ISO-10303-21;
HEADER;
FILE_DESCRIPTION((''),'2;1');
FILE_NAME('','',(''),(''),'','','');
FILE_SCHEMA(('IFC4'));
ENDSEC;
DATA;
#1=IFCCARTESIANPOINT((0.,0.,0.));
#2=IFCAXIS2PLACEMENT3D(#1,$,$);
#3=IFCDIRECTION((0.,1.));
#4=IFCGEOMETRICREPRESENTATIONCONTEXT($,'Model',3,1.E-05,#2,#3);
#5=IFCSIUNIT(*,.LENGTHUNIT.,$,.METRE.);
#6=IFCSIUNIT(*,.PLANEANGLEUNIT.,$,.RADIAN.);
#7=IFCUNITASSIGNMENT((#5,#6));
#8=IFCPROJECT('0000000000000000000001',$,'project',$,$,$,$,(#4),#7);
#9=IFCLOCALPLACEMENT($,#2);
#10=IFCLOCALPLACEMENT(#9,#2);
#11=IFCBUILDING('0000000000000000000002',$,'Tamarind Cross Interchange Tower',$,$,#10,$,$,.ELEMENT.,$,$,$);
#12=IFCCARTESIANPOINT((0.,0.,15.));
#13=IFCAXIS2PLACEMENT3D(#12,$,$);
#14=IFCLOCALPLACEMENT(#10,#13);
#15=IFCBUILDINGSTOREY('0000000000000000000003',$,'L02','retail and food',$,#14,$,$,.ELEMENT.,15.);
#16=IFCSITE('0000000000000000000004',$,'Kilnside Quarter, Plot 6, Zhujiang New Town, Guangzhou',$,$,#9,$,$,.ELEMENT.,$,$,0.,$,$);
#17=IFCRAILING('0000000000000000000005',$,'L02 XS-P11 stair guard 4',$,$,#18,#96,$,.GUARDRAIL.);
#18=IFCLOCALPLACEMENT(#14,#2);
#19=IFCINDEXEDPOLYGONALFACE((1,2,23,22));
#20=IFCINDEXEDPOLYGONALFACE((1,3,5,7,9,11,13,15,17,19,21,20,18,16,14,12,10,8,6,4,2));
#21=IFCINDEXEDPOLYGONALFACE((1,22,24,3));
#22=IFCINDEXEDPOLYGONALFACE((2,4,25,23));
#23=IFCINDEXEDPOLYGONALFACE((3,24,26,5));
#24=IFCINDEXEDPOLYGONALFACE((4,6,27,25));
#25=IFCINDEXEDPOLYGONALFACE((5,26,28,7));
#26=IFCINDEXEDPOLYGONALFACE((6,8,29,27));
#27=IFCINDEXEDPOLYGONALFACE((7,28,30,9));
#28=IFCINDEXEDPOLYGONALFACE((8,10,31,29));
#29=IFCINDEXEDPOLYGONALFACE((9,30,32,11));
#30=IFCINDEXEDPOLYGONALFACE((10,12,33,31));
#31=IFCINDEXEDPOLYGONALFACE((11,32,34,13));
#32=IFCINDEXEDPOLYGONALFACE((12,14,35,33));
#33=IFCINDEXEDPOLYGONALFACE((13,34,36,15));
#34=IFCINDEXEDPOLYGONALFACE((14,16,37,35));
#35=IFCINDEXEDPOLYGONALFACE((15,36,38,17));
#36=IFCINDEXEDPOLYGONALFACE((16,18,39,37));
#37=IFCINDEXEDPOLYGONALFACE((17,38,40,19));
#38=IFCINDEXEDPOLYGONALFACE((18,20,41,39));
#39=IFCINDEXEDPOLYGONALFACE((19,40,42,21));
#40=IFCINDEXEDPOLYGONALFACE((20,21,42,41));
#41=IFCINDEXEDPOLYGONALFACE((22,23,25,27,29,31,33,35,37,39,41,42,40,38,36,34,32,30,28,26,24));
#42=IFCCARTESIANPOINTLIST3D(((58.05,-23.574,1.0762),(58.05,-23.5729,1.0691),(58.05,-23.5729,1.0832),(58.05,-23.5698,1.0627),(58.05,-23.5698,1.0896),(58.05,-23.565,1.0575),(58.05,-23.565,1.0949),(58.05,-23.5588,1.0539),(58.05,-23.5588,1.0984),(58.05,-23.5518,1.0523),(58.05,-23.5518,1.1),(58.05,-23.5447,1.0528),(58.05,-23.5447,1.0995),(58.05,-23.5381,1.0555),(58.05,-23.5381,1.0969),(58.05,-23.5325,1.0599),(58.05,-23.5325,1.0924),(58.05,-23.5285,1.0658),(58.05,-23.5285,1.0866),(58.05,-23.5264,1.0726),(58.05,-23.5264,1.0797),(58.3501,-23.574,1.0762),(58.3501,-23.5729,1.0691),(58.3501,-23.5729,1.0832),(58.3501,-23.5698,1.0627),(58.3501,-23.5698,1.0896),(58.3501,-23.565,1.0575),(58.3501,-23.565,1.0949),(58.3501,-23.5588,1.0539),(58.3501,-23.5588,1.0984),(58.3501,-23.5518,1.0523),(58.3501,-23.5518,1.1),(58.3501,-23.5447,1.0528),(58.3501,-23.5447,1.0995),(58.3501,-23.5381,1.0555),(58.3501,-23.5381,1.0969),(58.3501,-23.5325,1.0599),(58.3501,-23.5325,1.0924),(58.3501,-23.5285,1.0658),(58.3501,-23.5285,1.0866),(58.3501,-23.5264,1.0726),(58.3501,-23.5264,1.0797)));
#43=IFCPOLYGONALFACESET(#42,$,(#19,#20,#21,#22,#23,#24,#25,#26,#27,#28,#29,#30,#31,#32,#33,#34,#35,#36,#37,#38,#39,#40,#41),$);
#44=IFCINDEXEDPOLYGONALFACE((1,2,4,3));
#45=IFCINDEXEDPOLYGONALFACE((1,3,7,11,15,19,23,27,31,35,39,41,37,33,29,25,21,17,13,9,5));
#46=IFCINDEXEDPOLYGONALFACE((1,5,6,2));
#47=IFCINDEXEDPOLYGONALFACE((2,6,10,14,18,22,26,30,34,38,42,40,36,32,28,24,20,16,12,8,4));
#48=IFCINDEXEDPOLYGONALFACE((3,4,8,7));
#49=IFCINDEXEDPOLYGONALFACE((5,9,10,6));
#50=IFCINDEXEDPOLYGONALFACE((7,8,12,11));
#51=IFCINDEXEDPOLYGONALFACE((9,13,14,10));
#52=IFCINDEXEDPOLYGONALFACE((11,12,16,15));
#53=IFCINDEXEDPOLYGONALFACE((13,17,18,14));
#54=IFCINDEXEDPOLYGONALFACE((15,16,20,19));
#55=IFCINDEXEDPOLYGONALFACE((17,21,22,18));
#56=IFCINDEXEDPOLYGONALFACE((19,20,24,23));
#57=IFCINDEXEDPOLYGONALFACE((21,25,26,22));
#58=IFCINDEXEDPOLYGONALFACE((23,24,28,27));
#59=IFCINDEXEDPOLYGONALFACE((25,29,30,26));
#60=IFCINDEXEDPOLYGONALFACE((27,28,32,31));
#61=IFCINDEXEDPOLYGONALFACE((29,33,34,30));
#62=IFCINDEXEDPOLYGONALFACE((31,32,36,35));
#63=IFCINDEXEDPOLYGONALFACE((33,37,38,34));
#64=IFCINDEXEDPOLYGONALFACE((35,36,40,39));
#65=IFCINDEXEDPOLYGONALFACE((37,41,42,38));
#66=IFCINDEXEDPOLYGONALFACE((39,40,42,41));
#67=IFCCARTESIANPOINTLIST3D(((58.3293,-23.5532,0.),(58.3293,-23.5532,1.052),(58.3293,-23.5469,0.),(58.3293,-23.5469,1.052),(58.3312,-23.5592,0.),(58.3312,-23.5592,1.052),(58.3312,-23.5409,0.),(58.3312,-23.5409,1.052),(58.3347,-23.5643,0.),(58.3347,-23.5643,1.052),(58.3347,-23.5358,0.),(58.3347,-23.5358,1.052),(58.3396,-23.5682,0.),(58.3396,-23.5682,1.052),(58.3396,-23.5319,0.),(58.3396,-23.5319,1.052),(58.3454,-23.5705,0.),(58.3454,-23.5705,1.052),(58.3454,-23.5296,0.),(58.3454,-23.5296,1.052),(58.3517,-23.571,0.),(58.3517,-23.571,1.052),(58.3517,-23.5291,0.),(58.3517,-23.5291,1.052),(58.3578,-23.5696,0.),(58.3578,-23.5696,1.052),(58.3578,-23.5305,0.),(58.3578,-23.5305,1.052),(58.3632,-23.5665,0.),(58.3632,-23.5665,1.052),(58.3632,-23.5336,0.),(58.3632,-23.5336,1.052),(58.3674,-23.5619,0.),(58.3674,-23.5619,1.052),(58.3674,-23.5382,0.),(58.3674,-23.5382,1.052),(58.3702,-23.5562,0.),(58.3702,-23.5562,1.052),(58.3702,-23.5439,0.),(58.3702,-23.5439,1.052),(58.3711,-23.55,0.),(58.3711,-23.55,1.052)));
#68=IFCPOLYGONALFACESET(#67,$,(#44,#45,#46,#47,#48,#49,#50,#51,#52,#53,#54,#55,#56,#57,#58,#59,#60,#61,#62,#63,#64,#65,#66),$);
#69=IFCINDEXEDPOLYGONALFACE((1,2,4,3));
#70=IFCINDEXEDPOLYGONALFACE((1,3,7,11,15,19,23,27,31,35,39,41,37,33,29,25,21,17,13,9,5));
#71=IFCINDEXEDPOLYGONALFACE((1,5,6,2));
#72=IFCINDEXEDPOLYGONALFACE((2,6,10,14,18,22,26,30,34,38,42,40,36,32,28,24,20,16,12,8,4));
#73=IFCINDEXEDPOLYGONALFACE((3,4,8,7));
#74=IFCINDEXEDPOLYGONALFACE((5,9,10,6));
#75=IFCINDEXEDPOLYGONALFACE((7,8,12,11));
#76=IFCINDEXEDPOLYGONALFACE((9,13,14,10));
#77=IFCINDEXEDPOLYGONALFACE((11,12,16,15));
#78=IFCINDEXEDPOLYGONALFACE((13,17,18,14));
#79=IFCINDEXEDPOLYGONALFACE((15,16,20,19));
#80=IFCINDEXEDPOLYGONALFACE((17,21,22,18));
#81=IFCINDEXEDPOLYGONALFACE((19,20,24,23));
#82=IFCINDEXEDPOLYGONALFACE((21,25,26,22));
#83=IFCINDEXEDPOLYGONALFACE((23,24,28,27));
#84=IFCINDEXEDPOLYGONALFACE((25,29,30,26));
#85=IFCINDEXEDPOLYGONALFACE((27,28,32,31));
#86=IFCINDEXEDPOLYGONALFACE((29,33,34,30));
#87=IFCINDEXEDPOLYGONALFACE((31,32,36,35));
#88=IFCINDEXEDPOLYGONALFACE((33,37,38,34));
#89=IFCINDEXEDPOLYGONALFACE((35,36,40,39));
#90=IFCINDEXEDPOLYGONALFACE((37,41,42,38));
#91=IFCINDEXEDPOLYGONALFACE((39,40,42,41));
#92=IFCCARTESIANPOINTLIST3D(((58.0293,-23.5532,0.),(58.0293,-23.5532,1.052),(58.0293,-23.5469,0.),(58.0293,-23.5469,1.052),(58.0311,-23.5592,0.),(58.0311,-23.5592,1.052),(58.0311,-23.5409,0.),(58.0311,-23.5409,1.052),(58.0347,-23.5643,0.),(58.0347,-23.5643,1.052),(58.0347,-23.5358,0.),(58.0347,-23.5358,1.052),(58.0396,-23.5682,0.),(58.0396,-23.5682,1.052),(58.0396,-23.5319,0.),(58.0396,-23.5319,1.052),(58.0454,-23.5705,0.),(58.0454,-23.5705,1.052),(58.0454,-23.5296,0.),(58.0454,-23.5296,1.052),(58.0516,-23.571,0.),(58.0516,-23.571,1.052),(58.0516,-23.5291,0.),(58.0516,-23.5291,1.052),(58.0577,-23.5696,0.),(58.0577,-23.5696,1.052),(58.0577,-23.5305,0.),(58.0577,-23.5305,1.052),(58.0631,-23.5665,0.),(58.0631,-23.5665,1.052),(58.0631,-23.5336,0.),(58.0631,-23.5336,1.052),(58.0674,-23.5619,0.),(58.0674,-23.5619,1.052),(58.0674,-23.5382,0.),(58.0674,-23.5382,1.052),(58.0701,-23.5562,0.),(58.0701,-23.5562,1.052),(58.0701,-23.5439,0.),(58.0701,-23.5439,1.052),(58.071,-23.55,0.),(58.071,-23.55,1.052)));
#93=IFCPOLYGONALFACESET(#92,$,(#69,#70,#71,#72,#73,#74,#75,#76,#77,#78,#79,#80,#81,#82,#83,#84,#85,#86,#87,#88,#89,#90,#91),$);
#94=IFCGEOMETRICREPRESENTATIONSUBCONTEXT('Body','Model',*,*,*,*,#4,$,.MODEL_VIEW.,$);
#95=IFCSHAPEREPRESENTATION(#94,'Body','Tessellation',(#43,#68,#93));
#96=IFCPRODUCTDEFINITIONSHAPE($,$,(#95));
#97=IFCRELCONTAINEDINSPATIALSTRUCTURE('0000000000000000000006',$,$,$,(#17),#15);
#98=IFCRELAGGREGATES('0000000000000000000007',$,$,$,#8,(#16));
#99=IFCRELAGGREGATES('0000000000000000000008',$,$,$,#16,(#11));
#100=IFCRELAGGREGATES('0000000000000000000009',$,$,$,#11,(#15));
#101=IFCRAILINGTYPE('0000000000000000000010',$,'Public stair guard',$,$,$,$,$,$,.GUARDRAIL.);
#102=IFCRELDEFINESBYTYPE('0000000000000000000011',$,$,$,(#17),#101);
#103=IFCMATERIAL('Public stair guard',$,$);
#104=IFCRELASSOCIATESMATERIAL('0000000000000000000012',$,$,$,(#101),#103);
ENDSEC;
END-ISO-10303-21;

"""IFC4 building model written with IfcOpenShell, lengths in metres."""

from ifc_helpers import new_model, si_unit, direction, frame, origin, origin_2d, place, context, subcontext, project, spatial, circle, extrude, material, type_object, element, save


model = new_model("IFC4")

# Units and contexts
model_context = context("Model", 3, precision=1e-05, world=origin(), true_north=direction((0.0, 1.0)))
body_context = subcontext(model_context, "Body", "Model", "MODEL_VIEW")
ifc_project = project(units=[si_unit("LENGTHUNIT", "METRE"), si_unit("PLANEANGLEUNIT", "RADIAN")], contexts=[model_context])

# Site, building, storey
site_placement = place(None, origin())
site = spatial("IfcSite", under=ifc_project, at=site_placement, Name="Kilnside Quarter, Plot 6, Zhujiang New Town, Guangzhou", CompositionType="ELEMENT", RefElevation=0.0)
building_placement = place(site_placement, origin())
building = spatial("IfcBuilding", under=site, at=building_placement, Name="Tamarind Cross Interchange Tower", CompositionType="ELEMENT")
storey_placement = place(building_placement, frame((0.0, 0.0, 15.0)))
storey = spatial("IfcBuildingStorey", under=building, at=storey_placement, Name="L02", Description="retail and food", CompositionType="ELEMENT", Elevation=15.0)

# Railing
ifc_material_1 = material(Name="Public stair guard")
railing_type_1 = type_object("IfcRailingType", Name="Public stair guard", PredefinedType="GUARDRAIL", material=ifc_material_1)
railing_1_placement = place(storey_placement, frame((58.3501, -23.55, 0.0)))
element("IfcRailing", 1, at=railing_1_placement, inside=storey, type_object=railing_type_1, Name="L02 XS-P11 stair guard 4", PredefinedType="GUARDRAIL", context=body_context, shape_type="SweptSolid", body=[
    extrude(circle(Radius=0.0239, at=origin_2d()), frame((0.0, 0.0, 1.0762), z_axis=(-1.0, 0.0, 0.0), x_axis=(0.0, -1.0, 0.0)), (0.0, 0.0, 1.0), 0.3),
    extrude(circle(Radius=0.021, at=origin_2d()), origin(), (0.0, 0.0, 1.0), 1.052),
    extrude(circle(Radius=0.021, at=origin_2d()), frame((-0.3, 0.0, 0.0)), (0.0, 0.0, 1.0), 1.052),
])

save(model, "model.ifc")
